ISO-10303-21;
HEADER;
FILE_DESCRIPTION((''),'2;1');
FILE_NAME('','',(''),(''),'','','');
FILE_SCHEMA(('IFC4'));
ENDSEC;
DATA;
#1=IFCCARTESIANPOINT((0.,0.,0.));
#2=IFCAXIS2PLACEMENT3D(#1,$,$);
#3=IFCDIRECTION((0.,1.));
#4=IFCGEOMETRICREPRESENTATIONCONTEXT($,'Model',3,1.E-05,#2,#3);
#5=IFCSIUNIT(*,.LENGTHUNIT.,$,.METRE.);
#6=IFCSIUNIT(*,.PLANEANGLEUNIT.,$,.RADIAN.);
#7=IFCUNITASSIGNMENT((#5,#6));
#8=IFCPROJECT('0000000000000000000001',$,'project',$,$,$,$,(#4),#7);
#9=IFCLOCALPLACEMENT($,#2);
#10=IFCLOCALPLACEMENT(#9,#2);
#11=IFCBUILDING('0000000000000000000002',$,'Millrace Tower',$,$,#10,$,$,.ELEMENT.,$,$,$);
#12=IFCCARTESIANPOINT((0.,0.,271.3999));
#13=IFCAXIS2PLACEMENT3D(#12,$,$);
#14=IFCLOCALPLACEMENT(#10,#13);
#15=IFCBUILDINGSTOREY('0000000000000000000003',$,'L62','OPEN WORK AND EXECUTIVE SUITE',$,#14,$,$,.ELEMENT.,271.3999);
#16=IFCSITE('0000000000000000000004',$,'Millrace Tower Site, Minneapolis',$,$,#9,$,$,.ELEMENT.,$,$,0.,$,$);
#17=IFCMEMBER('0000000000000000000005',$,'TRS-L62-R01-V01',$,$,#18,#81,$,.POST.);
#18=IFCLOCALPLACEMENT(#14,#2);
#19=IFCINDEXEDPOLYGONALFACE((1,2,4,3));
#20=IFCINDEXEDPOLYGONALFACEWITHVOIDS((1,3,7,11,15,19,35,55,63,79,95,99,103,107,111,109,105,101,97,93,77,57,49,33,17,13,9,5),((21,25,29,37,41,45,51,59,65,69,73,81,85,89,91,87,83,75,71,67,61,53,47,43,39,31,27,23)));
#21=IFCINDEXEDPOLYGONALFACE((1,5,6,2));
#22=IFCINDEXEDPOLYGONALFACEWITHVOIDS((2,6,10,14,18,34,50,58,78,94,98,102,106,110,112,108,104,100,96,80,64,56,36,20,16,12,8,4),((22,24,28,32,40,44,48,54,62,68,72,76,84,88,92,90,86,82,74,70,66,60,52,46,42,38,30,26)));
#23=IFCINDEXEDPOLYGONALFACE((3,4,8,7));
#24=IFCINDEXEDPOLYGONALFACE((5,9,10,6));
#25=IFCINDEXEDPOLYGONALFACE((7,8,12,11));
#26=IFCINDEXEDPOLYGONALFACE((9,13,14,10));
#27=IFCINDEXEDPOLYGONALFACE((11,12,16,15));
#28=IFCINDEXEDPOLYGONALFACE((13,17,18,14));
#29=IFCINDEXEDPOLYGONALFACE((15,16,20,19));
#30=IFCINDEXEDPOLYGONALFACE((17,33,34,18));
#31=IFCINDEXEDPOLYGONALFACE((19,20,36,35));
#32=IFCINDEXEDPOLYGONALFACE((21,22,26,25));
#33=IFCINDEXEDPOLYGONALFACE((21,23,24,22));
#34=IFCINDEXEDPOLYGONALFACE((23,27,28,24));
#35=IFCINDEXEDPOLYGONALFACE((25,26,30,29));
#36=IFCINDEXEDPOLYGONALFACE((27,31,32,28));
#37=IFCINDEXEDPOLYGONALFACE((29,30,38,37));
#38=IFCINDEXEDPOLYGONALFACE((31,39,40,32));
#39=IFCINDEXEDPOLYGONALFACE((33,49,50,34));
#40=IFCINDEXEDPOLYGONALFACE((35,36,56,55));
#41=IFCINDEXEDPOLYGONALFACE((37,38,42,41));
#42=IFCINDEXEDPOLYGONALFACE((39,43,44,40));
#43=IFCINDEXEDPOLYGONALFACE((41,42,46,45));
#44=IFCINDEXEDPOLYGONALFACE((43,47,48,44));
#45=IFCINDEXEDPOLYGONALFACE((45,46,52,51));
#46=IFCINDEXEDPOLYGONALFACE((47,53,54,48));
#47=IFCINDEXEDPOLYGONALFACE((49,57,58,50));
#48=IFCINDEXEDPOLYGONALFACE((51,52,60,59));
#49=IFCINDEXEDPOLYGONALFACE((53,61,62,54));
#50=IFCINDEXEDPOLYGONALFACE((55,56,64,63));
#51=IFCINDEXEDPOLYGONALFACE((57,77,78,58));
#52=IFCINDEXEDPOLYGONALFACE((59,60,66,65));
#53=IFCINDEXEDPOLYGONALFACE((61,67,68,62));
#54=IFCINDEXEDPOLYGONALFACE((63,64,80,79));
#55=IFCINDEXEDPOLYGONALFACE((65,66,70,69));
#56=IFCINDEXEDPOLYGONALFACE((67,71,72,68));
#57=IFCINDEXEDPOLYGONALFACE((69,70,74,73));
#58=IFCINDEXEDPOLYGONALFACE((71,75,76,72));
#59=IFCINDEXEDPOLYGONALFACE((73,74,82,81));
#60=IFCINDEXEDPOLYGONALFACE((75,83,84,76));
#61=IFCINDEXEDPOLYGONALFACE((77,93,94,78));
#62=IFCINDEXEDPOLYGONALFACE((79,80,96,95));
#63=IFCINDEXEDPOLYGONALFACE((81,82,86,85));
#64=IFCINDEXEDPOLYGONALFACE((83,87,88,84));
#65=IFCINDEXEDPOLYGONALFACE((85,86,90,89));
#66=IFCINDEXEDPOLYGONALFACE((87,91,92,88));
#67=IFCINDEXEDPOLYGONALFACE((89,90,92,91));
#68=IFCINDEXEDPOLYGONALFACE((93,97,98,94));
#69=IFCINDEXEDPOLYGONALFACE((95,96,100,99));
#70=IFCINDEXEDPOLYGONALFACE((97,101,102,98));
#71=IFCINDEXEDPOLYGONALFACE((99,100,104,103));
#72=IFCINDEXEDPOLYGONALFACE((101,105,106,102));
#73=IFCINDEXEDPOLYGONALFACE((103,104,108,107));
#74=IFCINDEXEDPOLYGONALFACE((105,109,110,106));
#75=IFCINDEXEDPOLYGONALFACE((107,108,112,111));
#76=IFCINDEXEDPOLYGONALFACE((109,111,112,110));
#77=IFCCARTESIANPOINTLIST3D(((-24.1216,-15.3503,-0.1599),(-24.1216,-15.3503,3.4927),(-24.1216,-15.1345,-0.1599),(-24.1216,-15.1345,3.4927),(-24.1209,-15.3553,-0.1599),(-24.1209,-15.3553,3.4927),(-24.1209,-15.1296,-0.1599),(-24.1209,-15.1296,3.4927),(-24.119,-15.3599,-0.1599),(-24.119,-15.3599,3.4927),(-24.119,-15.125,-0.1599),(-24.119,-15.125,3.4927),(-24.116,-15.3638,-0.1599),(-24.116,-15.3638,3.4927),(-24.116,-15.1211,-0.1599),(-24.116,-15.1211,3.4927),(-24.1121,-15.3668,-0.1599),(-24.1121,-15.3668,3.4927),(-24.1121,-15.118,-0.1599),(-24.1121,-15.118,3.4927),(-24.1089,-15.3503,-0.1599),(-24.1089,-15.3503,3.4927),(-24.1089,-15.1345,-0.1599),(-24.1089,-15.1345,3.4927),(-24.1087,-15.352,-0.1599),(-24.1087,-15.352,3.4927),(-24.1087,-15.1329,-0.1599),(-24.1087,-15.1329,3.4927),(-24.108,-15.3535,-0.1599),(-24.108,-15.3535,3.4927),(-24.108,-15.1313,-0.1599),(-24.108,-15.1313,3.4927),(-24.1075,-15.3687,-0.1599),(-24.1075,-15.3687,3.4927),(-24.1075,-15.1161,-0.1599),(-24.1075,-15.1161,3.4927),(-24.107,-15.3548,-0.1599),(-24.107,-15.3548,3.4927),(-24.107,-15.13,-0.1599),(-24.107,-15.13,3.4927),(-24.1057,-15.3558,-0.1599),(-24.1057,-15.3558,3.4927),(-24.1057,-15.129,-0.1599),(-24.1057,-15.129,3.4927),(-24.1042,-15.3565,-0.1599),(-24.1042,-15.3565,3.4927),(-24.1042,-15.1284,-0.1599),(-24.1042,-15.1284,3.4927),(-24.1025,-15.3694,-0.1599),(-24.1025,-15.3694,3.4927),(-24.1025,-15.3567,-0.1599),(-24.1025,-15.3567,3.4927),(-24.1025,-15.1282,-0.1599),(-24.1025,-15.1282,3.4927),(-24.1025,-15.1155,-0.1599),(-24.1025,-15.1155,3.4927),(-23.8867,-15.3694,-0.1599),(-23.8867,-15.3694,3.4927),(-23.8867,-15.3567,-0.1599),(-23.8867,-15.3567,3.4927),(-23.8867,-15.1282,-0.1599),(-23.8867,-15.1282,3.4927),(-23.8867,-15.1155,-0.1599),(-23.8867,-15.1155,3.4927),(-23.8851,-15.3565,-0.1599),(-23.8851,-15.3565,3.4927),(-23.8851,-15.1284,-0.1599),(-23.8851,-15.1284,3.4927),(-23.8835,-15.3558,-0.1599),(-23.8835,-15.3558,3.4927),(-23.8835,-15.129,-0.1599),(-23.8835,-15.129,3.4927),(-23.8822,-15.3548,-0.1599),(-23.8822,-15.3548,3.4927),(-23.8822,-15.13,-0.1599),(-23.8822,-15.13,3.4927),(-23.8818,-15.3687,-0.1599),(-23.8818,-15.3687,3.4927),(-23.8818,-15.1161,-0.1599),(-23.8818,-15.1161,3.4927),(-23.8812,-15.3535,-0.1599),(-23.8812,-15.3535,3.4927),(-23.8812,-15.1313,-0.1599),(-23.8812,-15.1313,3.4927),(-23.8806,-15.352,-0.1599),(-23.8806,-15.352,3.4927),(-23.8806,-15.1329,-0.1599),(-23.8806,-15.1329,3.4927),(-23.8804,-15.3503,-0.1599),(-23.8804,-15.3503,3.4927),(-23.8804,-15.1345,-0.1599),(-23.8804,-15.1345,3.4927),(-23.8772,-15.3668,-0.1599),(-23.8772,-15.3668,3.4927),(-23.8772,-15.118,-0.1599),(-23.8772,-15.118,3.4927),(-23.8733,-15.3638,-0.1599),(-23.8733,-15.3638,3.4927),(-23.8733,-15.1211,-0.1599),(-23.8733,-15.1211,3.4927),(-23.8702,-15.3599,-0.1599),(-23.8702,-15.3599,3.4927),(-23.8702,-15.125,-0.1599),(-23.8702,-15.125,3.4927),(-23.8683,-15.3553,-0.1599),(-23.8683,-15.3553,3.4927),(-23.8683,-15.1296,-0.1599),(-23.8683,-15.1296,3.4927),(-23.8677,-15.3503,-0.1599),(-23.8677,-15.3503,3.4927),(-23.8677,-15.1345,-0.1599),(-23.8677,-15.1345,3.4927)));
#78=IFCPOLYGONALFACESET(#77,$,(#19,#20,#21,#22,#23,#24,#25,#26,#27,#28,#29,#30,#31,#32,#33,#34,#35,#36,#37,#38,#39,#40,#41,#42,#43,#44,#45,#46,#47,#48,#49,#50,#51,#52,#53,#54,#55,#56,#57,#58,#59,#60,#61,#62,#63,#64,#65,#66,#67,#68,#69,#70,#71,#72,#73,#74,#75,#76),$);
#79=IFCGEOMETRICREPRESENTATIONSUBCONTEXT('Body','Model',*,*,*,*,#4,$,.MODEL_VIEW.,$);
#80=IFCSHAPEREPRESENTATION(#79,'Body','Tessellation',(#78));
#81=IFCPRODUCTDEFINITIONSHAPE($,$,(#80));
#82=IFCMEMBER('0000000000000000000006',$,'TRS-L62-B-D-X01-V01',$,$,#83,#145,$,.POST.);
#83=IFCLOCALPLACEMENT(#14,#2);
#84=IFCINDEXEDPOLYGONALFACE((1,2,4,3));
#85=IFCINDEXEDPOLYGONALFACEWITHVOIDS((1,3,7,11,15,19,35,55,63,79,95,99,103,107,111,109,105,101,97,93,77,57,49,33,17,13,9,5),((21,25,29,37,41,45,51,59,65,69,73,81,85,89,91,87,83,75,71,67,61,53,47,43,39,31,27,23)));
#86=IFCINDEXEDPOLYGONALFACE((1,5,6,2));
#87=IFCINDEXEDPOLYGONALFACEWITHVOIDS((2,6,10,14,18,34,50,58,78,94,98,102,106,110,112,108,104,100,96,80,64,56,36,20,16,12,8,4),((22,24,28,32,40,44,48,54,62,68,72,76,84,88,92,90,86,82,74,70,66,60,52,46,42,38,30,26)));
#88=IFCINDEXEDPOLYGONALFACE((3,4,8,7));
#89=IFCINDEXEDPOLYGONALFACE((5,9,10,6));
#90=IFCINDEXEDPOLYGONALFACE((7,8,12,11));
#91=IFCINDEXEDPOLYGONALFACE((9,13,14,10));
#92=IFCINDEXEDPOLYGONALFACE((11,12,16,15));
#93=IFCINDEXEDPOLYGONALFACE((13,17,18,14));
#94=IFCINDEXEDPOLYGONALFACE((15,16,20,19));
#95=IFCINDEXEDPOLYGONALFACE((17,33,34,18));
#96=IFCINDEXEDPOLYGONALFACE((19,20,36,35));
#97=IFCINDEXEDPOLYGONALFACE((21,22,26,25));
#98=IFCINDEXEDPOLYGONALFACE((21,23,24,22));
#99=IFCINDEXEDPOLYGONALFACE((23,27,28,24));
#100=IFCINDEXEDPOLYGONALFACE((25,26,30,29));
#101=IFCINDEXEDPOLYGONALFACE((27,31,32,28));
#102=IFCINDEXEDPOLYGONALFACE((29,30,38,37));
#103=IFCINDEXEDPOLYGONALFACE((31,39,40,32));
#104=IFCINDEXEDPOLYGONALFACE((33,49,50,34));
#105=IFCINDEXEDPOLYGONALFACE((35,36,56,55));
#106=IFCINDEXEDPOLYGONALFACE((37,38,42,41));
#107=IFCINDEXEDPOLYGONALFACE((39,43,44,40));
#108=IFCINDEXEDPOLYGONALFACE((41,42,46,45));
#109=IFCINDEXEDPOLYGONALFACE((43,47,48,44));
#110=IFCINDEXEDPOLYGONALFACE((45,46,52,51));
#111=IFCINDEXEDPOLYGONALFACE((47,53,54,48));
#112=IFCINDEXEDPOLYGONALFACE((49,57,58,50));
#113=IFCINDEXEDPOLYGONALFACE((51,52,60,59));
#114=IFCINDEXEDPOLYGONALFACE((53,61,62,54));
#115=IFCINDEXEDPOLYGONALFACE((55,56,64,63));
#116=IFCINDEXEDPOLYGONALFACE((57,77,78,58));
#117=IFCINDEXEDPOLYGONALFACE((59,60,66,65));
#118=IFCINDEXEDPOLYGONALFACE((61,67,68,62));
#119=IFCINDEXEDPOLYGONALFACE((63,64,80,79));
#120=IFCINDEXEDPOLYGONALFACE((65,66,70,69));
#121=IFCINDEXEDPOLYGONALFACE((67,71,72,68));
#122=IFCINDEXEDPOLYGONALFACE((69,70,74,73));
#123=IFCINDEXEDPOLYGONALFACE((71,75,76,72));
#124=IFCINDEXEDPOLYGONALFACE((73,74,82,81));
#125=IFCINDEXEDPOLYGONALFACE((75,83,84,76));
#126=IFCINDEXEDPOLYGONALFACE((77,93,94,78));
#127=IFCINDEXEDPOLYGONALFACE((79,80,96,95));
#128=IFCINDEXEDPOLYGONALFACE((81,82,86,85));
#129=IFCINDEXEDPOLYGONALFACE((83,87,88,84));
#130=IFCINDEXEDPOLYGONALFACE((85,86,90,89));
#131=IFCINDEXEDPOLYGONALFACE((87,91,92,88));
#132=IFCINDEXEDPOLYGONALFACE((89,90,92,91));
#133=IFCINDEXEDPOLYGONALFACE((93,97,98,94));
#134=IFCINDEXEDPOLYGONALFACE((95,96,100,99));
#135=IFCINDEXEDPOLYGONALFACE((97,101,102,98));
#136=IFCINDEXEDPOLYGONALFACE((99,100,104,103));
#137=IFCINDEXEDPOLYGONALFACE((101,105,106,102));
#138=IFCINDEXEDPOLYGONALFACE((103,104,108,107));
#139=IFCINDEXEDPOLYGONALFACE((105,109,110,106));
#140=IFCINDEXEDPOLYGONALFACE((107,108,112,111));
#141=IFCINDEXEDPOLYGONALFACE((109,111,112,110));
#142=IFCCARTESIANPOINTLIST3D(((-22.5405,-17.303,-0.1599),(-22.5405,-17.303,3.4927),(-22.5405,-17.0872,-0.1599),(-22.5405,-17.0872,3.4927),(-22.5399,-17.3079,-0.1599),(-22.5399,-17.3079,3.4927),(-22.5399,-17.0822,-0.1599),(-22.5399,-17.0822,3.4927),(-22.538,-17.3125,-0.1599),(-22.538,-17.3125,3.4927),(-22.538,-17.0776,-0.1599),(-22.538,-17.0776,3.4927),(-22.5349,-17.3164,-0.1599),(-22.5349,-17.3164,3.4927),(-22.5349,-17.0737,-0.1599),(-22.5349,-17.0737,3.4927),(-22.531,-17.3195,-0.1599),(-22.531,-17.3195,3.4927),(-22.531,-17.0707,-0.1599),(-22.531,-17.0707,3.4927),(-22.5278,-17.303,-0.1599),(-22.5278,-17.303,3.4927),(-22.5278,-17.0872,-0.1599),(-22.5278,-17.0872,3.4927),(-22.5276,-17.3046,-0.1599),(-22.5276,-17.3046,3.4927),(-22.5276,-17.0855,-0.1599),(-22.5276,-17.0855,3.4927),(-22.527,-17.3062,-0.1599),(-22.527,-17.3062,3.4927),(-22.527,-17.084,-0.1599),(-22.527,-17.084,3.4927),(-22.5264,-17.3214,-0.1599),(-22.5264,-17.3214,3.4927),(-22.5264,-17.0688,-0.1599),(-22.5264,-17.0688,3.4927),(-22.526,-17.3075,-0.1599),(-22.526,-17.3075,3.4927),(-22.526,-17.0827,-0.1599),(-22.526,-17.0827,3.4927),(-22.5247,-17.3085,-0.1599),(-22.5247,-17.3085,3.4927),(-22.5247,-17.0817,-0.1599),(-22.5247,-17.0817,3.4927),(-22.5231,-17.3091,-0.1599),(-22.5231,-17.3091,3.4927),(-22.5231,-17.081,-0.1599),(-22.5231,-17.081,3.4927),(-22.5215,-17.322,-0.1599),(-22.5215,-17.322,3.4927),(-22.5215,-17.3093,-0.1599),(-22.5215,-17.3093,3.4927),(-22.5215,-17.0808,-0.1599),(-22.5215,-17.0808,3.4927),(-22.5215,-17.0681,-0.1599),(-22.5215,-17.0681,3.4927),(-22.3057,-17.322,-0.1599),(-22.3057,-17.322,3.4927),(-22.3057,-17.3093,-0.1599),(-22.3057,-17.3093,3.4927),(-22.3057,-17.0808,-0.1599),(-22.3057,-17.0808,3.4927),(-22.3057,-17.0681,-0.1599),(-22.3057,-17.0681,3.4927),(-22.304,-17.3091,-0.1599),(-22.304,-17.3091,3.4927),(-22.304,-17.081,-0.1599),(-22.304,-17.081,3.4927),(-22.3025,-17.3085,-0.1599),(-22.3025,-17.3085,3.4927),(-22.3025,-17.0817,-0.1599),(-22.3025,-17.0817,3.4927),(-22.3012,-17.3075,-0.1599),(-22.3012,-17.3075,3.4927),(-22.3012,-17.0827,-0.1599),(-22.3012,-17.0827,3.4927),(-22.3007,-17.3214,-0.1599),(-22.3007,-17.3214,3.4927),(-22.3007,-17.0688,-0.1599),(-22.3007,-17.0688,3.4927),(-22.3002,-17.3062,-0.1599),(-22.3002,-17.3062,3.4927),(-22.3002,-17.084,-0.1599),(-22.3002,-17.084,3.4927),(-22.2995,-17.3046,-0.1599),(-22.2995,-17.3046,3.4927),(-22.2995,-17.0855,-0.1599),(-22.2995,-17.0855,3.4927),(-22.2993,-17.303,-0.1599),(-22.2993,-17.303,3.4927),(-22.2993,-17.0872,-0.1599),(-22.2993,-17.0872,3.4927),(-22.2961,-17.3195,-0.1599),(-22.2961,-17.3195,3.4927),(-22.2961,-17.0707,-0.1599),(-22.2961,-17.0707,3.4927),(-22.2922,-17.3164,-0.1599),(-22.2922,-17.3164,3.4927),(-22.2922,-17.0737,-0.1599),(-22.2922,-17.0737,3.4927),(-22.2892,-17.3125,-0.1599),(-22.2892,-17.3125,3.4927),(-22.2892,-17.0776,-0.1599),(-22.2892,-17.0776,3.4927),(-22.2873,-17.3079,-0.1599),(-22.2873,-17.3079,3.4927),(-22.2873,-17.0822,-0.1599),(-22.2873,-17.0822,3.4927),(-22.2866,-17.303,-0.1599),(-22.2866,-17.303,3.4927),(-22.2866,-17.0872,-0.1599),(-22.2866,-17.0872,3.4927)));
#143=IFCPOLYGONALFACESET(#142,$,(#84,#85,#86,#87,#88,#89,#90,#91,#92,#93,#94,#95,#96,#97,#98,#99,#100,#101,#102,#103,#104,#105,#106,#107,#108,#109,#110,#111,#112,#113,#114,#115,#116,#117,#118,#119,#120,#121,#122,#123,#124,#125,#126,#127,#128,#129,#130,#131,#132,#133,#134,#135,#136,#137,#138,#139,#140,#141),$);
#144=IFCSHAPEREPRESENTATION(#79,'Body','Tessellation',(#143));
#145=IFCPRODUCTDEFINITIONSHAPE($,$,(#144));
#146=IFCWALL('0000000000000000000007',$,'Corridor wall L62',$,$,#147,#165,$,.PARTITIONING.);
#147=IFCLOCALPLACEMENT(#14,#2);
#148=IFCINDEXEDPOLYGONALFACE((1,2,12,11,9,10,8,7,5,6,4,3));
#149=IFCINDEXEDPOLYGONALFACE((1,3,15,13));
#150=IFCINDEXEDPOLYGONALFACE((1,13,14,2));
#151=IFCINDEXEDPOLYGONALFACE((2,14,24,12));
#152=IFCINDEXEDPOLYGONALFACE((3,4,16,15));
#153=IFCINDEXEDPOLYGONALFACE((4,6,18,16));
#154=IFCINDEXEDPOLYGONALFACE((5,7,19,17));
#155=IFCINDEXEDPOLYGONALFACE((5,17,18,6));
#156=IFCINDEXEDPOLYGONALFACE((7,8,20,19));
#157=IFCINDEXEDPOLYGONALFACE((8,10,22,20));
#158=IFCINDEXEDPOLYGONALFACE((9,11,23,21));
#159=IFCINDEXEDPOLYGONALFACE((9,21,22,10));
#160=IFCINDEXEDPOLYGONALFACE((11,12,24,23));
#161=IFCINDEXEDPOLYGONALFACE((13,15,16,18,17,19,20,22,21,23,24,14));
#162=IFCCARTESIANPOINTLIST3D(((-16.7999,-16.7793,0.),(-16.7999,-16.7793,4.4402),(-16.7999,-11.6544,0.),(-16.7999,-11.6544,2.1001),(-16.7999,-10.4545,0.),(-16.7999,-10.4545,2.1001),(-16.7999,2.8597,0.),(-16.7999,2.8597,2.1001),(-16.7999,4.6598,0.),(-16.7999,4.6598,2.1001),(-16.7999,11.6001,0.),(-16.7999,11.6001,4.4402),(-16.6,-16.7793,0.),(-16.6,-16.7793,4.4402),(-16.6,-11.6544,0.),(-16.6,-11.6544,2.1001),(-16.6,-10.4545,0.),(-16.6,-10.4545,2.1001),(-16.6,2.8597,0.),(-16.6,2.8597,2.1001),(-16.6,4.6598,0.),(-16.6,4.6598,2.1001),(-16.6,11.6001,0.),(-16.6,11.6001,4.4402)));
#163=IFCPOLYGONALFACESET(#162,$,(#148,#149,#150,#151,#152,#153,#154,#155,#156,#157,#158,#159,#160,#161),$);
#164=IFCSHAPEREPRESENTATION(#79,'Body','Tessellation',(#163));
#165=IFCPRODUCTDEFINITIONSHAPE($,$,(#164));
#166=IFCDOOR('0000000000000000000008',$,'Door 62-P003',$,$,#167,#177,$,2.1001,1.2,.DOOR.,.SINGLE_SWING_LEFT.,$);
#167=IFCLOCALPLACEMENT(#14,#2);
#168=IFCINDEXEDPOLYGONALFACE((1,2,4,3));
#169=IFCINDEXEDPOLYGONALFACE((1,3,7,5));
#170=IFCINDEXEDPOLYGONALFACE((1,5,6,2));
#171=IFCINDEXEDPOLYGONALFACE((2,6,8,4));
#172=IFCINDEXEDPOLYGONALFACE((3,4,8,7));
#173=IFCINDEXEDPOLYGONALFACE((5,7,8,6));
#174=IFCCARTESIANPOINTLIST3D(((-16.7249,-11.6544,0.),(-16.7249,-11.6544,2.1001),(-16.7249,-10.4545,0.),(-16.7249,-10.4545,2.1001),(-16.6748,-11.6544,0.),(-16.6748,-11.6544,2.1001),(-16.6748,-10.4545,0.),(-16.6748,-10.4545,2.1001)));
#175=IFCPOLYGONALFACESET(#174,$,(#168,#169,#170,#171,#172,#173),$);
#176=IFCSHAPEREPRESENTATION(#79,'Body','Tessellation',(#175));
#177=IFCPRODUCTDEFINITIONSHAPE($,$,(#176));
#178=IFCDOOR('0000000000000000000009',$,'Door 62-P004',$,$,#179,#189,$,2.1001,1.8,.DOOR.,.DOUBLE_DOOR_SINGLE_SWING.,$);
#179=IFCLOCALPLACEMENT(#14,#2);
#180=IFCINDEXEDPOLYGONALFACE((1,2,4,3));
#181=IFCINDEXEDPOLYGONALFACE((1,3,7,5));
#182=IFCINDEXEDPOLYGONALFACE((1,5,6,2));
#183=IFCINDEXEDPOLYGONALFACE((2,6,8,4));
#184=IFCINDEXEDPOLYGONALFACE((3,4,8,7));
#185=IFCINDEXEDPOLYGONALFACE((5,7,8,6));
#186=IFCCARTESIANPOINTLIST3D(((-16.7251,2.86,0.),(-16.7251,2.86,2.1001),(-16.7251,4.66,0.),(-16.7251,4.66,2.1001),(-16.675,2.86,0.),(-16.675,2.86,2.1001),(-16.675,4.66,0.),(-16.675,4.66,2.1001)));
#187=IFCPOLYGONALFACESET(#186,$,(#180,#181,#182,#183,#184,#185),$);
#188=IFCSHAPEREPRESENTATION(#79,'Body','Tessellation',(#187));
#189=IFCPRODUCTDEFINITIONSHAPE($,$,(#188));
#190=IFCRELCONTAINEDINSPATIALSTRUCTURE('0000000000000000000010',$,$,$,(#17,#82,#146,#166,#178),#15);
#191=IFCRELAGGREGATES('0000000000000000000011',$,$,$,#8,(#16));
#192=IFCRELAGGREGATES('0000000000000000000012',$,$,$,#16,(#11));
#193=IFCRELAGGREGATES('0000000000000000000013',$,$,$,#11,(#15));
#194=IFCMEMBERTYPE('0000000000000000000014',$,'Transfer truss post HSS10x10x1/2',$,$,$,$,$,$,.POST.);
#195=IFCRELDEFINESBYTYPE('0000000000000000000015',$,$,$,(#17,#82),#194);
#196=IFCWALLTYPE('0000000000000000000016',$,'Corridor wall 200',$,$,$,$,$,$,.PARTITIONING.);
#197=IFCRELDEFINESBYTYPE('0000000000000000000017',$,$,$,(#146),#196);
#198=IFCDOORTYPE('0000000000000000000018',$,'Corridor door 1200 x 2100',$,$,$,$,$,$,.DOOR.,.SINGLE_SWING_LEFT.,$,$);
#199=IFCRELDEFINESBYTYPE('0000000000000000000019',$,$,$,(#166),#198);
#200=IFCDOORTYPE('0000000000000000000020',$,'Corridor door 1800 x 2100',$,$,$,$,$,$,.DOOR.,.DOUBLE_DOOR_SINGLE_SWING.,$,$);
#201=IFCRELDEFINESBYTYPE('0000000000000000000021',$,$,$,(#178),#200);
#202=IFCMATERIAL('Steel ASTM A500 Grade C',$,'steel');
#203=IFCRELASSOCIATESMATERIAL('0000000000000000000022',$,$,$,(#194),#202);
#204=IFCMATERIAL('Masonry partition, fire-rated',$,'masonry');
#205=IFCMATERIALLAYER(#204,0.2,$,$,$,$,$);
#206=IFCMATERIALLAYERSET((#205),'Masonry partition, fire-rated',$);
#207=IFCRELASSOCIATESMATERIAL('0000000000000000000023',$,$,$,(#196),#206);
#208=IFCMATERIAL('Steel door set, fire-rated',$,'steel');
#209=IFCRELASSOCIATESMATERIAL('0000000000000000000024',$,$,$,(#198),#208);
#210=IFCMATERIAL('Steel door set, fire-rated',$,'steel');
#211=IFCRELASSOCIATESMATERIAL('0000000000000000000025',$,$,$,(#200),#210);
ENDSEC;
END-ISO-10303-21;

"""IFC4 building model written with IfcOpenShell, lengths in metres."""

from ifc_helpers import new_model, si_unit, direction, frame, frame_2d, origin, origin_2d, place, context, subcontext, project, spatial, rectangle, hollow_rectangle, extrude, material, layer, layer_set, material_profile, profile_set, type_object, element, fill, save


model = new_model("IFC4")

# Units and contexts
model_context = context("Model", 3, precision=1e-05, world=origin(), true_north=direction((0.0, 1.0)))
body_context = subcontext(model_context, "Body", "Model", "MODEL_VIEW")
ifc_project = project(units=[si_unit("LENGTHUNIT", "METRE"), si_unit("PLANEANGLEUNIT", "RADIAN")], contexts=[model_context])

# Site, building, storey
site_placement = place(None, origin())
site = spatial("IfcSite", under=ifc_project, at=site_placement, Name="Millrace Tower Site, Minneapolis", CompositionType="ELEMENT", RefElevation=0.0)
building_placement = place(site_placement, origin())
building = spatial("IfcBuilding", under=site, at=building_placement, Name="Millrace Tower", CompositionType="ELEMENT")
storey_placement = place(building_placement, frame((0.0, 0.0, 271.3999)))
storey = spatial("IfcBuildingStorey", under=building, at=storey_placement, Name="L62", Description="OPEN WORK AND EXECUTIVE SUITE", CompositionType="ELEMENT", Elevation=271.3999)

# Members
ifc_material_1 = material(Name="Steel ASTM A500 Grade C", Category="steel")
ifc_material_profile_1 = material_profile(ifc_material_1, hollow_rectangle(XDim=0.2539, YDim=0.2539, WallThickness=0.0127, InnerFilletRadius=0.0063, OuterFilletRadius=0.019, at=origin_2d()))
ifc_profile_set_1 = profile_set([ifc_material_profile_1], Name="Steel ASTM A500 Grade C")
member_type_1 = type_object("IfcMemberType", Name="Transfer truss post HSS10x10x1/2", PredefinedType="POST", material=ifc_profile_set_1)
for number, where, z_axis, x_axis, name in (
    (1, (-23.9946, -15.2424, -0.1599), (0.0, 0.0, 1.0), (1.0, 0.0, 0.0), "TRS-L62-R01-V01"),
    (2, (-22.4136, -17.1951, -0.1599), (0.0, 0.0, 1.0), (1.0, 0.0, 0.0), "TRS-L62-B-D-X01-V01"),
):
    element("IfcMember", number, at=place(storey_placement, frame(where, z_axis=z_axis, x_axis=x_axis)), inside=storey, type_object=member_type_1, Name=name, PredefinedType="POST", context=body_context, shape_type="SweptSolid", body=[
        extrude(hollow_rectangle(XDim=0.2539, YDim=0.2539, WallThickness=0.0127, InnerFilletRadius=0.0063, OuterFilletRadius=0.019, at=origin_2d()), origin(), (0.0, 0.0, 1.0), 3.6526),
    ])

# Wall, openings, doors
ifc_material_2 = material(Name="Masonry partition, fire-rated", Category="masonry")
ifc_layer_1 = layer(ifc_material_2, 0.2)
ifc_layer_set_1 = layer_set([ifc_layer_1], Name="Masonry partition, fire-rated")
wall_type_1 = type_object("IfcWallType", Name="Corridor wall 200", PredefinedType="PARTITIONING", material=ifc_layer_set_1)
wall_1_placement = place(storey_placement, frame((-16.7, -16.7793, 0.0), z_axis=(0.0, 0.0, 1.0), x_axis=(0.0, 1.0, 0.0)))
wall_1 = element("IfcWall", 3, at=wall_1_placement, inside=storey, type_object=wall_type_1, Name="Corridor wall L62", PredefinedType="PARTITIONING", context=body_context, shape_type="SweptSolid", body=[
    extrude(rectangle(XDim=28.3794, YDim=0.2, at=frame_2d((14.1897, 0.0))), origin(), (0.0, 0.0, 1.0), 4.4402),
])
opening_1_placement = place(wall_1_placement, frame((5.1248, 0.0, 0.0)))
opening_1 = element("IfcOpeningElement", 4, at=opening_1_placement, cuts=wall_1, PredefinedType="OPENING", context=body_context, shape_type="SweptSolid", body=[
    extrude(rectangle(XDim=1.2, YDim=2.1001, at=frame_2d((0.6001, 1.05))), frame((0.0, 0.1099, 0.0), z_axis=(0.0, -1.0, 0.0), x_axis=(1.0, 0.0, 0.0)), (0.0, 0.0, 1.0), 0.22),
])
opening_2_placement = place(wall_1_placement, frame((19.6392, 0.0, 0.0)))
opening_2 = element("IfcOpeningElement", 5, at=opening_2_placement, cuts=wall_1, PredefinedType="OPENING", context=body_context, shape_type="SweptSolid", body=[
    extrude(rectangle(XDim=1.8, YDim=2.1001, at=frame_2d((0.8999, 1.05))), frame((0.0, 0.1099, 0.0), z_axis=(0.0, -1.0, 0.0), x_axis=(1.0, 0.0, 0.0)), (0.0, 0.0, 1.0), 0.22),
])
ifc_material_3 = material(Name="Steel door set, fire-rated", Category="steel")
door_type_1 = type_object("IfcDoorType", Name="Corridor door 1200 x 2100", OperationType="SINGLE_SWING_LEFT", PredefinedType="DOOR", material=ifc_material_3)
door_1_placement = place(opening_1_placement, origin())
door_1 = element("IfcDoor", 6, at=door_1_placement, inside=storey, type_object=door_type_1, Name="Door 62-P003", OperationType="SINGLE_SWING_LEFT", OverallHeight=2.1001, OverallWidth=1.2, PredefinedType="DOOR", context=body_context, shape_type="SweptSolid", body=[
    extrude(rectangle(XDim=1.2, YDim=2.1001, at=frame_2d((0.6001, 1.05))), frame((0.0, 0.0249, 0.0), z_axis=(0.0, -1.0, 0.0), x_axis=(1.0, 0.0, 0.0)), (0.0, 0.0, 1.0), 0.05),
])
fill(opening_1, door_1)
ifc_material_4 = material(Name="Steel door set, fire-rated", Category="steel")
door_type_2 = type_object("IfcDoorType", Name="Corridor door 1800 x 2100", OperationType="DOUBLE_DOOR_SINGLE_SWING", PredefinedType="DOOR", material=ifc_material_4)
door_2_placement = place(opening_2_placement, frame((1.8, 0.0, 0.0), z_axis=(0.0, 0.0, 1.0), x_axis=(-1.0, 0.0, 0.0)))
door_2 = element("IfcDoor", 7, at=door_2_placement, inside=storey, type_object=door_type_2, Name="Door 62-P004", OperationType="DOUBLE_DOOR_SINGLE_SWING", OverallHeight=2.1001, OverallWidth=1.8, PredefinedType="DOOR", context=body_context, shape_type="SweptSolid", body=[
    extrude(rectangle(XDim=1.8, YDim=2.1001, at=frame_2d((0.8999, 1.05))), frame((0.0, 0.0249, 0.0), z_axis=(0.0, -1.0, 0.0), x_axis=(1.0, 0.0, 0.0)), (0.0, 0.0, 1.0), 0.05),
])
fill(opening_2, door_2)

save(model, "model.ifc")
